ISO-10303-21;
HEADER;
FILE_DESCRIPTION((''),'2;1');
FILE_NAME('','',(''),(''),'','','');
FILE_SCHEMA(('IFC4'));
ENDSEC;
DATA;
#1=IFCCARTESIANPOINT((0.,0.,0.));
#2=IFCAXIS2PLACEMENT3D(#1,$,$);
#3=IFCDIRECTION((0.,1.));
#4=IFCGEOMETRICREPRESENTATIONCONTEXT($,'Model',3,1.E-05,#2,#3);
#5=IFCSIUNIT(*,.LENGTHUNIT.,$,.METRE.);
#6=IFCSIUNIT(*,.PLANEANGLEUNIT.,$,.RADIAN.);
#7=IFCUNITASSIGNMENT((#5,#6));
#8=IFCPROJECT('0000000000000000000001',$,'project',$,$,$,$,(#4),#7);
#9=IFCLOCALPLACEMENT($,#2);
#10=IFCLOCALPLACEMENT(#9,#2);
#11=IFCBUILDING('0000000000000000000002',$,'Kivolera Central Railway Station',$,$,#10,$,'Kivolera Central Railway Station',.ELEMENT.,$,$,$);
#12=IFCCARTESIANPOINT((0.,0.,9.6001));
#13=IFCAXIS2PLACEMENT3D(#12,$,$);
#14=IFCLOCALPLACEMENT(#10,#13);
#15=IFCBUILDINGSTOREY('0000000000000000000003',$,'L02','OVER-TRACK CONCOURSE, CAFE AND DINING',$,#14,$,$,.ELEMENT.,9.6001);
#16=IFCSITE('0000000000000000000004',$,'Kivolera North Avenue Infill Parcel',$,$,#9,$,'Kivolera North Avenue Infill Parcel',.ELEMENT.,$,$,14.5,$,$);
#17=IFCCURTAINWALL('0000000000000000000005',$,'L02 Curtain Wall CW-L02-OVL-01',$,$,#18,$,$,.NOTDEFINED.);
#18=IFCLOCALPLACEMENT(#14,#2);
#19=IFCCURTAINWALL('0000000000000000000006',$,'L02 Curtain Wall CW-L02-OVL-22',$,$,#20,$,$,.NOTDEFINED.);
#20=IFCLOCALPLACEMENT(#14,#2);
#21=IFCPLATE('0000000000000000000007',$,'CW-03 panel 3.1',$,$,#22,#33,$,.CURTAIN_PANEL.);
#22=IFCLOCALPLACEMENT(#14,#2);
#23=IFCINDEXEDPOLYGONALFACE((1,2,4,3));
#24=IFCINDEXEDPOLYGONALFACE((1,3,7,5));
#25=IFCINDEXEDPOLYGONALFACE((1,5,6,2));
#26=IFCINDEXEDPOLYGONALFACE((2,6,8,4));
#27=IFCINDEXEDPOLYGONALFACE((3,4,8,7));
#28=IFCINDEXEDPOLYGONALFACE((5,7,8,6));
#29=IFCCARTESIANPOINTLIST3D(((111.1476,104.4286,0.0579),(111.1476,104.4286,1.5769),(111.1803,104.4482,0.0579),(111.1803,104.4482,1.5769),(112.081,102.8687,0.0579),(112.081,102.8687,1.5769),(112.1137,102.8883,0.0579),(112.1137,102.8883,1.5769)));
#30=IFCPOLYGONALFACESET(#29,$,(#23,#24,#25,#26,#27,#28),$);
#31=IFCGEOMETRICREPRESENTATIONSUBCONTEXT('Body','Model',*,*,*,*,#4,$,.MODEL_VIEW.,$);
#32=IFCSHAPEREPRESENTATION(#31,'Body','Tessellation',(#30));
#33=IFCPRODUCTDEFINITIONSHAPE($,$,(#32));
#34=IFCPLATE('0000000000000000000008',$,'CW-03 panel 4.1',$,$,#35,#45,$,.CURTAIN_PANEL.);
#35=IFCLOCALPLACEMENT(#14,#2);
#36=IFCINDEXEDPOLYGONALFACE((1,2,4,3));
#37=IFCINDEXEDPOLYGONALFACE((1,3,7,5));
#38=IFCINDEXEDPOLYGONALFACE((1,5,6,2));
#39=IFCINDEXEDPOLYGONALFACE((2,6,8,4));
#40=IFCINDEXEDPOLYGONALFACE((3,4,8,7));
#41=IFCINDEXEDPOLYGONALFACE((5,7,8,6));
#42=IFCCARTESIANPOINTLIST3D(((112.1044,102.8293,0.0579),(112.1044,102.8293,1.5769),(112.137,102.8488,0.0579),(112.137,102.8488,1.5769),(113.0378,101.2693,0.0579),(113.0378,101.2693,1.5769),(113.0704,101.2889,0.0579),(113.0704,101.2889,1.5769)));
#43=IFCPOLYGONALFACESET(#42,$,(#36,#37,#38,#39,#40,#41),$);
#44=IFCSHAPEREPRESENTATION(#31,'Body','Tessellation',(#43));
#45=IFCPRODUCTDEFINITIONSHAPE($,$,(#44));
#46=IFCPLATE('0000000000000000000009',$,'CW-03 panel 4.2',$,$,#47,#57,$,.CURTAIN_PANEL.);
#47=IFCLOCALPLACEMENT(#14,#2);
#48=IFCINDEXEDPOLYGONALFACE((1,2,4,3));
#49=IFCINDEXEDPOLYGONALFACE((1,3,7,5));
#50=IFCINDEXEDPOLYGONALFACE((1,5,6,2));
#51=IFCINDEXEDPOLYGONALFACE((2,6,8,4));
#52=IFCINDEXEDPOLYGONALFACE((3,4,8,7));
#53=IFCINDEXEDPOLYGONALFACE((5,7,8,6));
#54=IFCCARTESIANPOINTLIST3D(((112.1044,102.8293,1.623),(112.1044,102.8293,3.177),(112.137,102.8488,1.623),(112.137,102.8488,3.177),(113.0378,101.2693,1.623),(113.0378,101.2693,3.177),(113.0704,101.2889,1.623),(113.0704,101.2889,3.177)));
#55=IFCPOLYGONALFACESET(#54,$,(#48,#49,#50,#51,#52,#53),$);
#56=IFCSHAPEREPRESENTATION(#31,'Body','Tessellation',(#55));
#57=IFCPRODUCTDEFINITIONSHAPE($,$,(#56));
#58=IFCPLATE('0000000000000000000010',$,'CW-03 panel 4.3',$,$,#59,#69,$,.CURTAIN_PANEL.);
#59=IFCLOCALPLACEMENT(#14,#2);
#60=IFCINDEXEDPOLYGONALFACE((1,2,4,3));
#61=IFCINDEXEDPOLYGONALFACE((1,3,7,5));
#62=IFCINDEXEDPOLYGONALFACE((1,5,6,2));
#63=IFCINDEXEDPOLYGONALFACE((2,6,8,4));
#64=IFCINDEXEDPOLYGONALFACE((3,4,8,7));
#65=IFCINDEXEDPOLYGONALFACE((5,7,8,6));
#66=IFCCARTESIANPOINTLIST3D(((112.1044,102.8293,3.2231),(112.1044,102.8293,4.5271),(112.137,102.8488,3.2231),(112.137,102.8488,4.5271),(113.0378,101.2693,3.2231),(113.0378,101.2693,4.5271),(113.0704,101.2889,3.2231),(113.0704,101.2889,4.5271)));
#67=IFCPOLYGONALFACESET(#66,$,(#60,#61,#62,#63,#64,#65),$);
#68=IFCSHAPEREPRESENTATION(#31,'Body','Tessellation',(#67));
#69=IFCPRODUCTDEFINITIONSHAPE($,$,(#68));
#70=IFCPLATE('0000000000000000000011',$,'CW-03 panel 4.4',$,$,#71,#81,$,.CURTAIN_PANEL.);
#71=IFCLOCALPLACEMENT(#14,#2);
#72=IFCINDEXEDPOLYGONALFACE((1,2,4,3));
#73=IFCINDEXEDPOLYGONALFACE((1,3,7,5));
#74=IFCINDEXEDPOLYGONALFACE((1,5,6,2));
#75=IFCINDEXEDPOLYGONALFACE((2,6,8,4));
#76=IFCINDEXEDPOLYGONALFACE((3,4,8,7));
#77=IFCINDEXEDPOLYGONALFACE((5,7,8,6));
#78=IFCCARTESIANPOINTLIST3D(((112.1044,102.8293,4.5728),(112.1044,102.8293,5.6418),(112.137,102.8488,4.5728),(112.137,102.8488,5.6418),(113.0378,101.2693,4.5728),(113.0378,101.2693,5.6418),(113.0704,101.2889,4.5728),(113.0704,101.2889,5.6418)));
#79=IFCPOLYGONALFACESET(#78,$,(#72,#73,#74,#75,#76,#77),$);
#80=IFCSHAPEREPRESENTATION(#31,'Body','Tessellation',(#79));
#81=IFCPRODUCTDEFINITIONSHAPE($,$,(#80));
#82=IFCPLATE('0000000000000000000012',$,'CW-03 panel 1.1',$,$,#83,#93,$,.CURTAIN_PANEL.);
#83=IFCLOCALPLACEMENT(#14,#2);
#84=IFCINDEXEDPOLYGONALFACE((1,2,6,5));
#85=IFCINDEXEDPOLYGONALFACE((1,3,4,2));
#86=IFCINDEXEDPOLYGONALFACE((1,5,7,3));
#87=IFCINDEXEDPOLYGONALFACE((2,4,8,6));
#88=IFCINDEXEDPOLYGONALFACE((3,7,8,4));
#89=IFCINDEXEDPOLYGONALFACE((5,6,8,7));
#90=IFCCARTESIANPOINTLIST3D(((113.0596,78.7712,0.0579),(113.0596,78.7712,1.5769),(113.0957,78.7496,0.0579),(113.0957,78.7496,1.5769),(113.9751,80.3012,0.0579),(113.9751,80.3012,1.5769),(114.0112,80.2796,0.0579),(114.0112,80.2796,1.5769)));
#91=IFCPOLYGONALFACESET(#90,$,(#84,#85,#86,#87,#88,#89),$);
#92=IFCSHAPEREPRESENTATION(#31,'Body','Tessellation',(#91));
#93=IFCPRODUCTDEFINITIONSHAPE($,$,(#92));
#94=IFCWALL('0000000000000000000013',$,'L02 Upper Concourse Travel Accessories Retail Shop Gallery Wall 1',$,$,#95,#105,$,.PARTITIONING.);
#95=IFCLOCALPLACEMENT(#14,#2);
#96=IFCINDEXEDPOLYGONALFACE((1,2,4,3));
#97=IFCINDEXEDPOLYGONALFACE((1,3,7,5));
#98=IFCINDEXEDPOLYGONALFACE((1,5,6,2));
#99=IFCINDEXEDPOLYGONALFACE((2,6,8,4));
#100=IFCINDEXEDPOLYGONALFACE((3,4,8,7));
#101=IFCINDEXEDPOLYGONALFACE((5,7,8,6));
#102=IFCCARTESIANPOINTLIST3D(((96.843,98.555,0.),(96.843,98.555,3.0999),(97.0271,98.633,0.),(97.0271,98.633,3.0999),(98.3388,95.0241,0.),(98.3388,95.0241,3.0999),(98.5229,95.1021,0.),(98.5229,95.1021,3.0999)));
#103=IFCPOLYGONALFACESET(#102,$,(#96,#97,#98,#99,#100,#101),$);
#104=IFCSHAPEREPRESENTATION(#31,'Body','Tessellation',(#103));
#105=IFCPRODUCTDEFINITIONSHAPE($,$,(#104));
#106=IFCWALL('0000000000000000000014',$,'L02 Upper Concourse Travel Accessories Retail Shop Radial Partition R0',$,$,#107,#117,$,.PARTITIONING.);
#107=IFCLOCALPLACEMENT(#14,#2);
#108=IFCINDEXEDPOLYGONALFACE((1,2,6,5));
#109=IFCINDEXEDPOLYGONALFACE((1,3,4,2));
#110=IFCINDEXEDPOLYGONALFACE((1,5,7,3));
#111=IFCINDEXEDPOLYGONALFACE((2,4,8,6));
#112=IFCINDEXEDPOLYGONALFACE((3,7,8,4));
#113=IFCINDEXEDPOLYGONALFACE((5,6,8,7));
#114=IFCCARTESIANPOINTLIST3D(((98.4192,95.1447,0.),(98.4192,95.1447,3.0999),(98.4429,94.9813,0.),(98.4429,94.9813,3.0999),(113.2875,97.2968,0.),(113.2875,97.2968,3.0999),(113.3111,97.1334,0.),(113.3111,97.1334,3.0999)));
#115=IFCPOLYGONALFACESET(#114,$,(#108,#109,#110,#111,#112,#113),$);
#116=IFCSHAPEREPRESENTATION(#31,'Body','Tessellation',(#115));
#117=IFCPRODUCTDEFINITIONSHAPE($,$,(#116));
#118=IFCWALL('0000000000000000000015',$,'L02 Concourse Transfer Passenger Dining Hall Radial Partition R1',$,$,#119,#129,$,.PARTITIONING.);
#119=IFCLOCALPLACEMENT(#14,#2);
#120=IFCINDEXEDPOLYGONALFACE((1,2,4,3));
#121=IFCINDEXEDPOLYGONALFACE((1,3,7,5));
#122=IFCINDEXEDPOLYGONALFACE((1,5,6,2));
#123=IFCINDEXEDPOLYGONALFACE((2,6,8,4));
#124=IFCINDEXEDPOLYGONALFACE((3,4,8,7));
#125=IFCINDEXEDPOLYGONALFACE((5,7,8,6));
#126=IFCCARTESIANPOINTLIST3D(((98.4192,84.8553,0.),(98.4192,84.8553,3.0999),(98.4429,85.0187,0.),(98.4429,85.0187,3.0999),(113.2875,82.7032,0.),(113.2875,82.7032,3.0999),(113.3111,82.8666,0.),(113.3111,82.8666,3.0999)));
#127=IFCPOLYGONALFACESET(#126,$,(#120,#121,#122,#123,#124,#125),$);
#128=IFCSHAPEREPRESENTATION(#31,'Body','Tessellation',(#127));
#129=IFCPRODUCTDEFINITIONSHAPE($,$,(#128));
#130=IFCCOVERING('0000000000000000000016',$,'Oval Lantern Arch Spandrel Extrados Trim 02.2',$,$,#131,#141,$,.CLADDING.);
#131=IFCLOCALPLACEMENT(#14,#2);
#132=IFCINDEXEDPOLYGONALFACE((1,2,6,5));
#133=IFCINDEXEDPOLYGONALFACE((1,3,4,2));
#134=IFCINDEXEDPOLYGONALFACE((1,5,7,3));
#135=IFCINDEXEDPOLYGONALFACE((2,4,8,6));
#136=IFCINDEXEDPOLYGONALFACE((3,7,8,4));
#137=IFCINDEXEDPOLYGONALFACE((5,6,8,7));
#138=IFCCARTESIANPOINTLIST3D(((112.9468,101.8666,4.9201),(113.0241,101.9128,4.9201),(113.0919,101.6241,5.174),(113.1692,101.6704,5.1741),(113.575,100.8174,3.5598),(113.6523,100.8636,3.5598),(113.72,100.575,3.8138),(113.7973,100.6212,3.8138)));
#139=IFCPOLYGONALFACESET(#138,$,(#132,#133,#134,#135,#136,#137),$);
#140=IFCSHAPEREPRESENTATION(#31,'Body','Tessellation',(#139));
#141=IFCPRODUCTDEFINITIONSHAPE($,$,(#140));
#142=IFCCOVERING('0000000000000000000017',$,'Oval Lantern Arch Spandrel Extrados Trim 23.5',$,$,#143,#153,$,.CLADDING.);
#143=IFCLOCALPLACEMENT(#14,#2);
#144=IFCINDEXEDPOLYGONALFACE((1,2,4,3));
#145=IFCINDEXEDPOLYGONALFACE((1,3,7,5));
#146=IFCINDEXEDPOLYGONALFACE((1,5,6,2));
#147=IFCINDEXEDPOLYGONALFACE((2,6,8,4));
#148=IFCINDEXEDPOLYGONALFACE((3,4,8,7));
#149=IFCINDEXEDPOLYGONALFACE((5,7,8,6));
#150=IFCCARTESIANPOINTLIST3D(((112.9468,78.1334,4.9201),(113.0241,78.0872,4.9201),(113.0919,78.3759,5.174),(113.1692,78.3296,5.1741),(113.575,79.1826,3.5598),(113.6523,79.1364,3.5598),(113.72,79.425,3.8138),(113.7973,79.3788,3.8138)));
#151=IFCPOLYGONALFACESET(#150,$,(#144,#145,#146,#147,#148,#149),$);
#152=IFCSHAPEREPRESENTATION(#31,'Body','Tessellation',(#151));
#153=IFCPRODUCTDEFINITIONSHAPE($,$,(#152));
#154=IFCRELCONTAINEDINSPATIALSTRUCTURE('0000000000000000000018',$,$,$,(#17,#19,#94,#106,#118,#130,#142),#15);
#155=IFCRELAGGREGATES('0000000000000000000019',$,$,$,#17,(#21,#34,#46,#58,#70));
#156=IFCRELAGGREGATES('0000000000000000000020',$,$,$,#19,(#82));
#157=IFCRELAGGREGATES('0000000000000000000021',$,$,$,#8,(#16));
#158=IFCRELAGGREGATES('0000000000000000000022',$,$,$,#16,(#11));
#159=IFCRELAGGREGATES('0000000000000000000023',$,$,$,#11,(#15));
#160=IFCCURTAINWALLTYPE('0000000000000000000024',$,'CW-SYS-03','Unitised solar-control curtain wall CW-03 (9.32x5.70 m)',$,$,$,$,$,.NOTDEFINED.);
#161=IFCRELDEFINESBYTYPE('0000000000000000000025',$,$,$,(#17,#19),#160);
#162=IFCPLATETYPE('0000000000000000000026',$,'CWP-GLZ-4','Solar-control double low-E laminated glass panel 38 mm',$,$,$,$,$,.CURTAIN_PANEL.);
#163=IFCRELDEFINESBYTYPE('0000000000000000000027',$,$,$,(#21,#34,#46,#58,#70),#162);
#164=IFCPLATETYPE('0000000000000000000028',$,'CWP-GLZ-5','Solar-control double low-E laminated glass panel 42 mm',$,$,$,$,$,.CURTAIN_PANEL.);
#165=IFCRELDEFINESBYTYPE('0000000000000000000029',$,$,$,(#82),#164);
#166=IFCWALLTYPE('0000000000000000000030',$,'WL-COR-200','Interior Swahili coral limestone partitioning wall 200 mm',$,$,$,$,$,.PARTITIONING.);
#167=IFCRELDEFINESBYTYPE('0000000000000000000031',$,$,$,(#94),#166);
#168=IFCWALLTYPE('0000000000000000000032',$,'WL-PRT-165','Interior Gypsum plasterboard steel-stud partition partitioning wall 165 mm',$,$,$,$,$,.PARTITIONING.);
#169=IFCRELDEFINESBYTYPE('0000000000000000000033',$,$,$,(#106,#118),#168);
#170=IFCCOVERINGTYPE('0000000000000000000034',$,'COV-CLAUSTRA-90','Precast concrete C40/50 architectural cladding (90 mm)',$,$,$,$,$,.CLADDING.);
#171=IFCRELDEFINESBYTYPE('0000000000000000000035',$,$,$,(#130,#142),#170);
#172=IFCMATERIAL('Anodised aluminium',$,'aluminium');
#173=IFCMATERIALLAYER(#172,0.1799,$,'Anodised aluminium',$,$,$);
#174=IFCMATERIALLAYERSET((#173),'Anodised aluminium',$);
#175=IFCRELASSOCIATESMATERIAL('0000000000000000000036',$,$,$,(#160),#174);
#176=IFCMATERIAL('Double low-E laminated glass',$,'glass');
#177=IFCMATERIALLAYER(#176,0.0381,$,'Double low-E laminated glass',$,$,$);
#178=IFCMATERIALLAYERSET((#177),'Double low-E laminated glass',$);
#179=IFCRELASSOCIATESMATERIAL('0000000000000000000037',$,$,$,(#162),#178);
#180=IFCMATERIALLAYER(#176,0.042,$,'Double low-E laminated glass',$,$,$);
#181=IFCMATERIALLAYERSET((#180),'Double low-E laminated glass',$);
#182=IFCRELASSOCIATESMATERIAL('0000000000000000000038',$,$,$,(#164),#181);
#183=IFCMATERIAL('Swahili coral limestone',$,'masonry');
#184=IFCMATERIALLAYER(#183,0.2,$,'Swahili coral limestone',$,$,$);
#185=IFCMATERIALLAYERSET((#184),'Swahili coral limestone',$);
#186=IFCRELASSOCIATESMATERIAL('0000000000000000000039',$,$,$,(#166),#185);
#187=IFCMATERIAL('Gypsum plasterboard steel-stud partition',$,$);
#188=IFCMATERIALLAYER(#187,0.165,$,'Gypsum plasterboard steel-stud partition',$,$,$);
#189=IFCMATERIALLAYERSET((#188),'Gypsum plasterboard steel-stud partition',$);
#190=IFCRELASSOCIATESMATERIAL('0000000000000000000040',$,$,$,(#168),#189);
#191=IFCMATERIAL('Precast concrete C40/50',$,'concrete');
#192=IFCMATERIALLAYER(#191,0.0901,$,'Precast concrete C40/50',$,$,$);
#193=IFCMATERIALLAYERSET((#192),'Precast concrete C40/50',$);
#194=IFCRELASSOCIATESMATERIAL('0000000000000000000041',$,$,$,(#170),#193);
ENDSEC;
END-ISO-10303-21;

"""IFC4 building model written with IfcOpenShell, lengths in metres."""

from ifc_helpers import new_model, si_unit, direction, frame, frame_2d, origin, origin_2d, place, context, subcontext, project, spatial, rectangle, extrude, material, layer, layer_set, type_object, element, aggregate, save


model = new_model("IFC4")

# Units and contexts
model_context = context("Model", 3, precision=1e-05, world=origin(), true_north=direction((0.0, 1.0)))
body_context = subcontext(model_context, "Body", "Model", "MODEL_VIEW")
ifc_project = project(units=[si_unit("LENGTHUNIT", "METRE"), si_unit("PLANEANGLEUNIT", "RADIAN")], contexts=[model_context])

# Site, building, storey
site_placement = place(None, origin())
site = spatial("IfcSite", under=ifc_project, at=site_placement, Name="Kivolera North Avenue Infill Parcel", LongName="Kivolera North Avenue Infill Parcel", CompositionType="ELEMENT", RefElevation=14.5)
building_placement = place(site_placement, origin())
building = spatial("IfcBuilding", under=site, at=building_placement, Name="Kivolera Central Railway Station", LongName="Kivolera Central Railway Station", CompositionType="ELEMENT")
storey_placement = place(building_placement, frame((0.0, 0.0, 9.6001)))
storey = spatial("IfcBuildingStorey", under=building, at=storey_placement, Name="L02", Description="OVER-TRACK CONCOURSE, CAFE AND DINING", CompositionType="ELEMENT", Elevation=9.6001)

# Curtain wall
ifc_material_1 = material(Name="Anodised aluminium", Category="aluminium")
ifc_layer_1 = layer(ifc_material_1, 0.1799, Name="Anodised aluminium")
ifc_layer_set_1 = layer_set([ifc_layer_1], Name="Anodised aluminium")
curtain_wall_type = type_object("IfcCurtainWallType", Name="CW-SYS-03", Description="Unitised solar-control curtain wall CW-03 (9.32x5.70 m)", PredefinedType="NOTDEFINED", material=ifc_layer_set_1)
curtain_wall_1_placement = place(storey_placement, origin())
curtain_wall_1 = element("IfcCurtainWall", 1, at=curtain_wall_1_placement, inside=storey, type_object=curtain_wall_type, Name="L02 Curtain Wall CW-L02-OVL-01", PredefinedType="NOTDEFINED")

# Curtain wall
curtain_wall_2_placement = place(storey_placement, origin())
curtain_wall_2 = element("IfcCurtainWall", 2, at=curtain_wall_2_placement, inside=storey, type_object=curtain_wall_type, Name="L02 Curtain Wall CW-L02-OVL-22", PredefinedType="NOTDEFINED")

# Plates
ifc_material_2 = material(Name="Double low-E laminated glass", Category="glass")
ifc_layer_2 = layer(ifc_material_2, 0.0381, Name="Double low-E laminated glass")
ifc_layer_set_2 = layer_set([ifc_layer_2], Name="Double low-E laminated glass")
plate_type_1 = type_object("IfcPlateType", Name="CWP-GLZ-4", Description="Solar-control double low-E laminated glass panel 38 mm", PredefinedType="CURTAIN_PANEL", material=ifc_layer_set_2)
plate_1_placement = place(storey_placement, frame((111.6306, 103.6584, 0.0579), z_axis=(0.0, 0.0, 1.0), x_axis=(0.513454, -0.858117, 0.0)))
plate_1 = element("IfcPlate", 3, at=plate_1_placement, type_object=plate_type_1, Name="CW-03 panel 3.1", PredefinedType="CURTAIN_PANEL", context=body_context, shape_type="SweptSolid", body=[
    extrude(rectangle(XDim=1.8179, YDim=0.0381, at=origin_2d()), origin(), (0.0, 0.0, 1.0), 1.519),
])
plate_2_placement = place(storey_placement, frame((112.5874, 102.0591, 0.0579), z_axis=(0.0, 0.0, 1.0), x_axis=(0.513454, -0.858117, 0.0)))
plate_2 = element("IfcPlate", 4, at=plate_2_placement, type_object=plate_type_1, Name="CW-03 panel 4.1", PredefinedType="CURTAIN_PANEL", context=body_context, shape_type="SweptSolid", body=[
    extrude(rectangle(XDim=1.8179, YDim=0.0381, at=origin_2d()), origin(), (0.0, 0.0, 1.0), 1.519),
])
plate_3_placement = place(storey_placement, frame((112.5874, 102.0591, 1.623), z_axis=(0.0, 0.0, 1.0), x_axis=(0.513454, -0.858117, 0.0)))
plate_3 = element("IfcPlate", 5, at=plate_3_placement, type_object=plate_type_1, Name="CW-03 panel 4.2", PredefinedType="CURTAIN_PANEL", context=body_context, shape_type="SweptSolid", body=[
    extrude(rectangle(XDim=1.8179, YDim=0.0381, at=origin_2d()), origin(), (0.0, 0.0, 1.0), 1.554),
])
plate_4_placement = place(storey_placement, frame((112.5874, 102.0591, 3.2231), z_axis=(0.0, 0.0, 1.0), x_axis=(0.513454, -0.858117, 0.0)))
plate_4 = element("IfcPlate", 6, at=plate_4_placement, type_object=plate_type_1, Name="CW-03 panel 4.3", PredefinedType="CURTAIN_PANEL", context=body_context, shape_type="SweptSolid", body=[
    extrude(rectangle(XDim=1.8179, YDim=0.0381, at=origin_2d()), origin(), (0.0, 0.0, 1.0), 1.304),
])
plate_5_placement = place(storey_placement, frame((112.5874, 102.0591, 4.5728), z_axis=(0.0, 0.0, 1.0), x_axis=(0.513454, -0.858117, 0.0)))
plate_5 = element("IfcPlate", 7, at=plate_5_placement, type_object=plate_type_1, Name="CW-03 panel 4.4", PredefinedType="CURTAIN_PANEL", context=body_context, shape_type="SweptSolid", body=[
    extrude(rectangle(XDim=1.8179, YDim=0.0381, at=origin_2d()), origin(), (0.0, 0.0, 1.0), 1.0691),
])
aggregate(curtain_wall_1, [plate_1, plate_2, plate_3, plate_4, plate_5])
ifc_layer_3 = layer(ifc_material_2, 0.042, Name="Double low-E laminated glass")
ifc_layer_set_3 = layer_set([ifc_layer_3], Name="Double low-E laminated glass")
plate_type_2 = type_object("IfcPlateType", Name="CWP-GLZ-5", Description="Solar-control double low-E laminated glass panel 42 mm", PredefinedType="CURTAIN_PANEL", material=ifc_layer_set_3)
plate_6_placement = place(storey_placement, frame((113.5354, 79.5254, 0.0579), z_axis=(0.0, 0.0, 1.0), x_axis=(-0.513454, -0.858117, 0.0)))
plate_6 = element("IfcPlate", 8, at=plate_6_placement, type_object=plate_type_2, Name="CW-03 panel 1.1", PredefinedType="CURTAIN_PANEL", context=body_context, shape_type="SweptSolid", body=[
    extrude(rectangle(XDim=1.783, YDim=0.042, at=origin_2d()), origin(), (0.0, 0.0, 1.0), 1.519),
])
aggregate(curtain_wall_2, [plate_6])

# Walls
ifc_material_3 = material(Name="Swahili coral limestone", Category="masonry")
ifc_layer_4 = layer(ifc_material_3, 0.2, Name="Swahili coral limestone")
ifc_layer_set_4 = layer_set([ifc_layer_4], Name="Swahili coral limestone")
wall_type_1 = type_object("IfcWallType", Name="WL-COR-200", Description="Interior Swahili coral limestone partitioning wall 200 mm", PredefinedType="PARTITIONING", material=ifc_layer_set_4)
wall_placement = place(storey_placement, frame((98.4309, 95.063, 0.0), z_axis=(0.0, 0.0, 1.0), x_axis=(-0.390074, 0.920784, 0.0)))
element("IfcWall", 9, at=wall_placement, inside=storey, type_object=wall_type_1, Name="L02 Upper Concourse Travel Accessories Retail Shop Gallery Wall 1", PredefinedType="PARTITIONING", context=body_context, shape_type="SweptSolid", body=[
    extrude(rectangle(XDim=3.8347, YDim=0.2, at=frame_2d((1.9175, 0.0))), origin(), (0.0, 0.0, 1.0), 3.0999),
])
ifc_material_4 = material(Name="Gypsum plasterboard steel-stud partition")
ifc_layer_5 = layer(ifc_material_4, 0.165, Name="Gypsum plasterboard steel-stud partition")
ifc_layer_set_5 = layer_set([ifc_layer_5], Name="Gypsum plasterboard steel-stud partition")
wall_type_2 = type_object("IfcWallType", Name="WL-PRT-165", Description="Interior Gypsum plasterboard steel-stud partition partitioning wall 165 mm", PredefinedType="PARTITIONING", material=ifc_layer_set_5)
for number, where, z_axis, x_axis, name in (
    (10, (98.4309, 95.063, 0.0), (0.0, 0.0, 1.0), (0.989686, 0.143253, 0.0), "L02 Upper Concourse Travel Accessories Retail Shop Radial Partition R0"),
    (11, (98.4309, 84.937, 0.0), (0.0, 0.0, 1.0), (0.989686, -0.143253, 0.0), "L02 Concourse Transfer Passenger Dining Hall Radial Partition R1"),
):
    element("IfcWall", number, at=place(storey_placement, frame(where, z_axis=z_axis, x_axis=x_axis)), inside=storey, type_object=wall_type_2, Name=name, PredefinedType="PARTITIONING", context=body_context, shape_type="SweptSolid", body=[
        extrude(rectangle(XDim=15.0232, YDim=0.165, at=frame_2d((7.5117, 0.0))), origin(), (0.0, 0.0, 1.0), 3.0999),
    ])

# Coverings
ifc_material_5 = material(Name="Precast concrete C40/50", Category="concrete")
ifc_layer_6 = layer(ifc_material_5, 0.0901, Name="Precast concrete C40/50")
ifc_layer_set_6 = layer_set([ifc_layer_6], Name="Precast concrete C40/50")
covering_type = type_object("IfcCoveringType", Name="COV-CLAUSTRA-90", Description="Precast concrete C40/50 architectural cladding (90 mm)", PredefinedType="CLADDING", material=ifc_layer_set_6)
for number, where, z_axis, x_axis, name in (
    (12, (113.3721, 101.2439, 4.3669), (-0.343401, 0.573611, 0.743671), (0.858138, 0.51342, 0.0), "Oval Lantern Arch Spandrel Extrados Trim 02.2"),
    (13, (113.3721, 78.7561, 4.3669), (0.343401, 0.573611, -0.743671), (0.858138, -0.51342, 0.0), "Oval Lantern Arch Spandrel Extrados Trim 23.5"),
):
    element("IfcCovering", number, at=place(storey_placement, frame(where, z_axis=z_axis, x_axis=x_axis)), inside=storey, type_object=covering_type, Name=name, PredefinedType="CLADDING", context=body_context, shape_type="SweptSolid", body=[
        extrude(rectangle(XDim=0.0901, YDim=0.3799, at=origin_2d()), frame((0.0, 0.0, -0.9146)), (0.0, 0.0, 1.0), 1.8291),
    ])

save(model, "model.ifc")
